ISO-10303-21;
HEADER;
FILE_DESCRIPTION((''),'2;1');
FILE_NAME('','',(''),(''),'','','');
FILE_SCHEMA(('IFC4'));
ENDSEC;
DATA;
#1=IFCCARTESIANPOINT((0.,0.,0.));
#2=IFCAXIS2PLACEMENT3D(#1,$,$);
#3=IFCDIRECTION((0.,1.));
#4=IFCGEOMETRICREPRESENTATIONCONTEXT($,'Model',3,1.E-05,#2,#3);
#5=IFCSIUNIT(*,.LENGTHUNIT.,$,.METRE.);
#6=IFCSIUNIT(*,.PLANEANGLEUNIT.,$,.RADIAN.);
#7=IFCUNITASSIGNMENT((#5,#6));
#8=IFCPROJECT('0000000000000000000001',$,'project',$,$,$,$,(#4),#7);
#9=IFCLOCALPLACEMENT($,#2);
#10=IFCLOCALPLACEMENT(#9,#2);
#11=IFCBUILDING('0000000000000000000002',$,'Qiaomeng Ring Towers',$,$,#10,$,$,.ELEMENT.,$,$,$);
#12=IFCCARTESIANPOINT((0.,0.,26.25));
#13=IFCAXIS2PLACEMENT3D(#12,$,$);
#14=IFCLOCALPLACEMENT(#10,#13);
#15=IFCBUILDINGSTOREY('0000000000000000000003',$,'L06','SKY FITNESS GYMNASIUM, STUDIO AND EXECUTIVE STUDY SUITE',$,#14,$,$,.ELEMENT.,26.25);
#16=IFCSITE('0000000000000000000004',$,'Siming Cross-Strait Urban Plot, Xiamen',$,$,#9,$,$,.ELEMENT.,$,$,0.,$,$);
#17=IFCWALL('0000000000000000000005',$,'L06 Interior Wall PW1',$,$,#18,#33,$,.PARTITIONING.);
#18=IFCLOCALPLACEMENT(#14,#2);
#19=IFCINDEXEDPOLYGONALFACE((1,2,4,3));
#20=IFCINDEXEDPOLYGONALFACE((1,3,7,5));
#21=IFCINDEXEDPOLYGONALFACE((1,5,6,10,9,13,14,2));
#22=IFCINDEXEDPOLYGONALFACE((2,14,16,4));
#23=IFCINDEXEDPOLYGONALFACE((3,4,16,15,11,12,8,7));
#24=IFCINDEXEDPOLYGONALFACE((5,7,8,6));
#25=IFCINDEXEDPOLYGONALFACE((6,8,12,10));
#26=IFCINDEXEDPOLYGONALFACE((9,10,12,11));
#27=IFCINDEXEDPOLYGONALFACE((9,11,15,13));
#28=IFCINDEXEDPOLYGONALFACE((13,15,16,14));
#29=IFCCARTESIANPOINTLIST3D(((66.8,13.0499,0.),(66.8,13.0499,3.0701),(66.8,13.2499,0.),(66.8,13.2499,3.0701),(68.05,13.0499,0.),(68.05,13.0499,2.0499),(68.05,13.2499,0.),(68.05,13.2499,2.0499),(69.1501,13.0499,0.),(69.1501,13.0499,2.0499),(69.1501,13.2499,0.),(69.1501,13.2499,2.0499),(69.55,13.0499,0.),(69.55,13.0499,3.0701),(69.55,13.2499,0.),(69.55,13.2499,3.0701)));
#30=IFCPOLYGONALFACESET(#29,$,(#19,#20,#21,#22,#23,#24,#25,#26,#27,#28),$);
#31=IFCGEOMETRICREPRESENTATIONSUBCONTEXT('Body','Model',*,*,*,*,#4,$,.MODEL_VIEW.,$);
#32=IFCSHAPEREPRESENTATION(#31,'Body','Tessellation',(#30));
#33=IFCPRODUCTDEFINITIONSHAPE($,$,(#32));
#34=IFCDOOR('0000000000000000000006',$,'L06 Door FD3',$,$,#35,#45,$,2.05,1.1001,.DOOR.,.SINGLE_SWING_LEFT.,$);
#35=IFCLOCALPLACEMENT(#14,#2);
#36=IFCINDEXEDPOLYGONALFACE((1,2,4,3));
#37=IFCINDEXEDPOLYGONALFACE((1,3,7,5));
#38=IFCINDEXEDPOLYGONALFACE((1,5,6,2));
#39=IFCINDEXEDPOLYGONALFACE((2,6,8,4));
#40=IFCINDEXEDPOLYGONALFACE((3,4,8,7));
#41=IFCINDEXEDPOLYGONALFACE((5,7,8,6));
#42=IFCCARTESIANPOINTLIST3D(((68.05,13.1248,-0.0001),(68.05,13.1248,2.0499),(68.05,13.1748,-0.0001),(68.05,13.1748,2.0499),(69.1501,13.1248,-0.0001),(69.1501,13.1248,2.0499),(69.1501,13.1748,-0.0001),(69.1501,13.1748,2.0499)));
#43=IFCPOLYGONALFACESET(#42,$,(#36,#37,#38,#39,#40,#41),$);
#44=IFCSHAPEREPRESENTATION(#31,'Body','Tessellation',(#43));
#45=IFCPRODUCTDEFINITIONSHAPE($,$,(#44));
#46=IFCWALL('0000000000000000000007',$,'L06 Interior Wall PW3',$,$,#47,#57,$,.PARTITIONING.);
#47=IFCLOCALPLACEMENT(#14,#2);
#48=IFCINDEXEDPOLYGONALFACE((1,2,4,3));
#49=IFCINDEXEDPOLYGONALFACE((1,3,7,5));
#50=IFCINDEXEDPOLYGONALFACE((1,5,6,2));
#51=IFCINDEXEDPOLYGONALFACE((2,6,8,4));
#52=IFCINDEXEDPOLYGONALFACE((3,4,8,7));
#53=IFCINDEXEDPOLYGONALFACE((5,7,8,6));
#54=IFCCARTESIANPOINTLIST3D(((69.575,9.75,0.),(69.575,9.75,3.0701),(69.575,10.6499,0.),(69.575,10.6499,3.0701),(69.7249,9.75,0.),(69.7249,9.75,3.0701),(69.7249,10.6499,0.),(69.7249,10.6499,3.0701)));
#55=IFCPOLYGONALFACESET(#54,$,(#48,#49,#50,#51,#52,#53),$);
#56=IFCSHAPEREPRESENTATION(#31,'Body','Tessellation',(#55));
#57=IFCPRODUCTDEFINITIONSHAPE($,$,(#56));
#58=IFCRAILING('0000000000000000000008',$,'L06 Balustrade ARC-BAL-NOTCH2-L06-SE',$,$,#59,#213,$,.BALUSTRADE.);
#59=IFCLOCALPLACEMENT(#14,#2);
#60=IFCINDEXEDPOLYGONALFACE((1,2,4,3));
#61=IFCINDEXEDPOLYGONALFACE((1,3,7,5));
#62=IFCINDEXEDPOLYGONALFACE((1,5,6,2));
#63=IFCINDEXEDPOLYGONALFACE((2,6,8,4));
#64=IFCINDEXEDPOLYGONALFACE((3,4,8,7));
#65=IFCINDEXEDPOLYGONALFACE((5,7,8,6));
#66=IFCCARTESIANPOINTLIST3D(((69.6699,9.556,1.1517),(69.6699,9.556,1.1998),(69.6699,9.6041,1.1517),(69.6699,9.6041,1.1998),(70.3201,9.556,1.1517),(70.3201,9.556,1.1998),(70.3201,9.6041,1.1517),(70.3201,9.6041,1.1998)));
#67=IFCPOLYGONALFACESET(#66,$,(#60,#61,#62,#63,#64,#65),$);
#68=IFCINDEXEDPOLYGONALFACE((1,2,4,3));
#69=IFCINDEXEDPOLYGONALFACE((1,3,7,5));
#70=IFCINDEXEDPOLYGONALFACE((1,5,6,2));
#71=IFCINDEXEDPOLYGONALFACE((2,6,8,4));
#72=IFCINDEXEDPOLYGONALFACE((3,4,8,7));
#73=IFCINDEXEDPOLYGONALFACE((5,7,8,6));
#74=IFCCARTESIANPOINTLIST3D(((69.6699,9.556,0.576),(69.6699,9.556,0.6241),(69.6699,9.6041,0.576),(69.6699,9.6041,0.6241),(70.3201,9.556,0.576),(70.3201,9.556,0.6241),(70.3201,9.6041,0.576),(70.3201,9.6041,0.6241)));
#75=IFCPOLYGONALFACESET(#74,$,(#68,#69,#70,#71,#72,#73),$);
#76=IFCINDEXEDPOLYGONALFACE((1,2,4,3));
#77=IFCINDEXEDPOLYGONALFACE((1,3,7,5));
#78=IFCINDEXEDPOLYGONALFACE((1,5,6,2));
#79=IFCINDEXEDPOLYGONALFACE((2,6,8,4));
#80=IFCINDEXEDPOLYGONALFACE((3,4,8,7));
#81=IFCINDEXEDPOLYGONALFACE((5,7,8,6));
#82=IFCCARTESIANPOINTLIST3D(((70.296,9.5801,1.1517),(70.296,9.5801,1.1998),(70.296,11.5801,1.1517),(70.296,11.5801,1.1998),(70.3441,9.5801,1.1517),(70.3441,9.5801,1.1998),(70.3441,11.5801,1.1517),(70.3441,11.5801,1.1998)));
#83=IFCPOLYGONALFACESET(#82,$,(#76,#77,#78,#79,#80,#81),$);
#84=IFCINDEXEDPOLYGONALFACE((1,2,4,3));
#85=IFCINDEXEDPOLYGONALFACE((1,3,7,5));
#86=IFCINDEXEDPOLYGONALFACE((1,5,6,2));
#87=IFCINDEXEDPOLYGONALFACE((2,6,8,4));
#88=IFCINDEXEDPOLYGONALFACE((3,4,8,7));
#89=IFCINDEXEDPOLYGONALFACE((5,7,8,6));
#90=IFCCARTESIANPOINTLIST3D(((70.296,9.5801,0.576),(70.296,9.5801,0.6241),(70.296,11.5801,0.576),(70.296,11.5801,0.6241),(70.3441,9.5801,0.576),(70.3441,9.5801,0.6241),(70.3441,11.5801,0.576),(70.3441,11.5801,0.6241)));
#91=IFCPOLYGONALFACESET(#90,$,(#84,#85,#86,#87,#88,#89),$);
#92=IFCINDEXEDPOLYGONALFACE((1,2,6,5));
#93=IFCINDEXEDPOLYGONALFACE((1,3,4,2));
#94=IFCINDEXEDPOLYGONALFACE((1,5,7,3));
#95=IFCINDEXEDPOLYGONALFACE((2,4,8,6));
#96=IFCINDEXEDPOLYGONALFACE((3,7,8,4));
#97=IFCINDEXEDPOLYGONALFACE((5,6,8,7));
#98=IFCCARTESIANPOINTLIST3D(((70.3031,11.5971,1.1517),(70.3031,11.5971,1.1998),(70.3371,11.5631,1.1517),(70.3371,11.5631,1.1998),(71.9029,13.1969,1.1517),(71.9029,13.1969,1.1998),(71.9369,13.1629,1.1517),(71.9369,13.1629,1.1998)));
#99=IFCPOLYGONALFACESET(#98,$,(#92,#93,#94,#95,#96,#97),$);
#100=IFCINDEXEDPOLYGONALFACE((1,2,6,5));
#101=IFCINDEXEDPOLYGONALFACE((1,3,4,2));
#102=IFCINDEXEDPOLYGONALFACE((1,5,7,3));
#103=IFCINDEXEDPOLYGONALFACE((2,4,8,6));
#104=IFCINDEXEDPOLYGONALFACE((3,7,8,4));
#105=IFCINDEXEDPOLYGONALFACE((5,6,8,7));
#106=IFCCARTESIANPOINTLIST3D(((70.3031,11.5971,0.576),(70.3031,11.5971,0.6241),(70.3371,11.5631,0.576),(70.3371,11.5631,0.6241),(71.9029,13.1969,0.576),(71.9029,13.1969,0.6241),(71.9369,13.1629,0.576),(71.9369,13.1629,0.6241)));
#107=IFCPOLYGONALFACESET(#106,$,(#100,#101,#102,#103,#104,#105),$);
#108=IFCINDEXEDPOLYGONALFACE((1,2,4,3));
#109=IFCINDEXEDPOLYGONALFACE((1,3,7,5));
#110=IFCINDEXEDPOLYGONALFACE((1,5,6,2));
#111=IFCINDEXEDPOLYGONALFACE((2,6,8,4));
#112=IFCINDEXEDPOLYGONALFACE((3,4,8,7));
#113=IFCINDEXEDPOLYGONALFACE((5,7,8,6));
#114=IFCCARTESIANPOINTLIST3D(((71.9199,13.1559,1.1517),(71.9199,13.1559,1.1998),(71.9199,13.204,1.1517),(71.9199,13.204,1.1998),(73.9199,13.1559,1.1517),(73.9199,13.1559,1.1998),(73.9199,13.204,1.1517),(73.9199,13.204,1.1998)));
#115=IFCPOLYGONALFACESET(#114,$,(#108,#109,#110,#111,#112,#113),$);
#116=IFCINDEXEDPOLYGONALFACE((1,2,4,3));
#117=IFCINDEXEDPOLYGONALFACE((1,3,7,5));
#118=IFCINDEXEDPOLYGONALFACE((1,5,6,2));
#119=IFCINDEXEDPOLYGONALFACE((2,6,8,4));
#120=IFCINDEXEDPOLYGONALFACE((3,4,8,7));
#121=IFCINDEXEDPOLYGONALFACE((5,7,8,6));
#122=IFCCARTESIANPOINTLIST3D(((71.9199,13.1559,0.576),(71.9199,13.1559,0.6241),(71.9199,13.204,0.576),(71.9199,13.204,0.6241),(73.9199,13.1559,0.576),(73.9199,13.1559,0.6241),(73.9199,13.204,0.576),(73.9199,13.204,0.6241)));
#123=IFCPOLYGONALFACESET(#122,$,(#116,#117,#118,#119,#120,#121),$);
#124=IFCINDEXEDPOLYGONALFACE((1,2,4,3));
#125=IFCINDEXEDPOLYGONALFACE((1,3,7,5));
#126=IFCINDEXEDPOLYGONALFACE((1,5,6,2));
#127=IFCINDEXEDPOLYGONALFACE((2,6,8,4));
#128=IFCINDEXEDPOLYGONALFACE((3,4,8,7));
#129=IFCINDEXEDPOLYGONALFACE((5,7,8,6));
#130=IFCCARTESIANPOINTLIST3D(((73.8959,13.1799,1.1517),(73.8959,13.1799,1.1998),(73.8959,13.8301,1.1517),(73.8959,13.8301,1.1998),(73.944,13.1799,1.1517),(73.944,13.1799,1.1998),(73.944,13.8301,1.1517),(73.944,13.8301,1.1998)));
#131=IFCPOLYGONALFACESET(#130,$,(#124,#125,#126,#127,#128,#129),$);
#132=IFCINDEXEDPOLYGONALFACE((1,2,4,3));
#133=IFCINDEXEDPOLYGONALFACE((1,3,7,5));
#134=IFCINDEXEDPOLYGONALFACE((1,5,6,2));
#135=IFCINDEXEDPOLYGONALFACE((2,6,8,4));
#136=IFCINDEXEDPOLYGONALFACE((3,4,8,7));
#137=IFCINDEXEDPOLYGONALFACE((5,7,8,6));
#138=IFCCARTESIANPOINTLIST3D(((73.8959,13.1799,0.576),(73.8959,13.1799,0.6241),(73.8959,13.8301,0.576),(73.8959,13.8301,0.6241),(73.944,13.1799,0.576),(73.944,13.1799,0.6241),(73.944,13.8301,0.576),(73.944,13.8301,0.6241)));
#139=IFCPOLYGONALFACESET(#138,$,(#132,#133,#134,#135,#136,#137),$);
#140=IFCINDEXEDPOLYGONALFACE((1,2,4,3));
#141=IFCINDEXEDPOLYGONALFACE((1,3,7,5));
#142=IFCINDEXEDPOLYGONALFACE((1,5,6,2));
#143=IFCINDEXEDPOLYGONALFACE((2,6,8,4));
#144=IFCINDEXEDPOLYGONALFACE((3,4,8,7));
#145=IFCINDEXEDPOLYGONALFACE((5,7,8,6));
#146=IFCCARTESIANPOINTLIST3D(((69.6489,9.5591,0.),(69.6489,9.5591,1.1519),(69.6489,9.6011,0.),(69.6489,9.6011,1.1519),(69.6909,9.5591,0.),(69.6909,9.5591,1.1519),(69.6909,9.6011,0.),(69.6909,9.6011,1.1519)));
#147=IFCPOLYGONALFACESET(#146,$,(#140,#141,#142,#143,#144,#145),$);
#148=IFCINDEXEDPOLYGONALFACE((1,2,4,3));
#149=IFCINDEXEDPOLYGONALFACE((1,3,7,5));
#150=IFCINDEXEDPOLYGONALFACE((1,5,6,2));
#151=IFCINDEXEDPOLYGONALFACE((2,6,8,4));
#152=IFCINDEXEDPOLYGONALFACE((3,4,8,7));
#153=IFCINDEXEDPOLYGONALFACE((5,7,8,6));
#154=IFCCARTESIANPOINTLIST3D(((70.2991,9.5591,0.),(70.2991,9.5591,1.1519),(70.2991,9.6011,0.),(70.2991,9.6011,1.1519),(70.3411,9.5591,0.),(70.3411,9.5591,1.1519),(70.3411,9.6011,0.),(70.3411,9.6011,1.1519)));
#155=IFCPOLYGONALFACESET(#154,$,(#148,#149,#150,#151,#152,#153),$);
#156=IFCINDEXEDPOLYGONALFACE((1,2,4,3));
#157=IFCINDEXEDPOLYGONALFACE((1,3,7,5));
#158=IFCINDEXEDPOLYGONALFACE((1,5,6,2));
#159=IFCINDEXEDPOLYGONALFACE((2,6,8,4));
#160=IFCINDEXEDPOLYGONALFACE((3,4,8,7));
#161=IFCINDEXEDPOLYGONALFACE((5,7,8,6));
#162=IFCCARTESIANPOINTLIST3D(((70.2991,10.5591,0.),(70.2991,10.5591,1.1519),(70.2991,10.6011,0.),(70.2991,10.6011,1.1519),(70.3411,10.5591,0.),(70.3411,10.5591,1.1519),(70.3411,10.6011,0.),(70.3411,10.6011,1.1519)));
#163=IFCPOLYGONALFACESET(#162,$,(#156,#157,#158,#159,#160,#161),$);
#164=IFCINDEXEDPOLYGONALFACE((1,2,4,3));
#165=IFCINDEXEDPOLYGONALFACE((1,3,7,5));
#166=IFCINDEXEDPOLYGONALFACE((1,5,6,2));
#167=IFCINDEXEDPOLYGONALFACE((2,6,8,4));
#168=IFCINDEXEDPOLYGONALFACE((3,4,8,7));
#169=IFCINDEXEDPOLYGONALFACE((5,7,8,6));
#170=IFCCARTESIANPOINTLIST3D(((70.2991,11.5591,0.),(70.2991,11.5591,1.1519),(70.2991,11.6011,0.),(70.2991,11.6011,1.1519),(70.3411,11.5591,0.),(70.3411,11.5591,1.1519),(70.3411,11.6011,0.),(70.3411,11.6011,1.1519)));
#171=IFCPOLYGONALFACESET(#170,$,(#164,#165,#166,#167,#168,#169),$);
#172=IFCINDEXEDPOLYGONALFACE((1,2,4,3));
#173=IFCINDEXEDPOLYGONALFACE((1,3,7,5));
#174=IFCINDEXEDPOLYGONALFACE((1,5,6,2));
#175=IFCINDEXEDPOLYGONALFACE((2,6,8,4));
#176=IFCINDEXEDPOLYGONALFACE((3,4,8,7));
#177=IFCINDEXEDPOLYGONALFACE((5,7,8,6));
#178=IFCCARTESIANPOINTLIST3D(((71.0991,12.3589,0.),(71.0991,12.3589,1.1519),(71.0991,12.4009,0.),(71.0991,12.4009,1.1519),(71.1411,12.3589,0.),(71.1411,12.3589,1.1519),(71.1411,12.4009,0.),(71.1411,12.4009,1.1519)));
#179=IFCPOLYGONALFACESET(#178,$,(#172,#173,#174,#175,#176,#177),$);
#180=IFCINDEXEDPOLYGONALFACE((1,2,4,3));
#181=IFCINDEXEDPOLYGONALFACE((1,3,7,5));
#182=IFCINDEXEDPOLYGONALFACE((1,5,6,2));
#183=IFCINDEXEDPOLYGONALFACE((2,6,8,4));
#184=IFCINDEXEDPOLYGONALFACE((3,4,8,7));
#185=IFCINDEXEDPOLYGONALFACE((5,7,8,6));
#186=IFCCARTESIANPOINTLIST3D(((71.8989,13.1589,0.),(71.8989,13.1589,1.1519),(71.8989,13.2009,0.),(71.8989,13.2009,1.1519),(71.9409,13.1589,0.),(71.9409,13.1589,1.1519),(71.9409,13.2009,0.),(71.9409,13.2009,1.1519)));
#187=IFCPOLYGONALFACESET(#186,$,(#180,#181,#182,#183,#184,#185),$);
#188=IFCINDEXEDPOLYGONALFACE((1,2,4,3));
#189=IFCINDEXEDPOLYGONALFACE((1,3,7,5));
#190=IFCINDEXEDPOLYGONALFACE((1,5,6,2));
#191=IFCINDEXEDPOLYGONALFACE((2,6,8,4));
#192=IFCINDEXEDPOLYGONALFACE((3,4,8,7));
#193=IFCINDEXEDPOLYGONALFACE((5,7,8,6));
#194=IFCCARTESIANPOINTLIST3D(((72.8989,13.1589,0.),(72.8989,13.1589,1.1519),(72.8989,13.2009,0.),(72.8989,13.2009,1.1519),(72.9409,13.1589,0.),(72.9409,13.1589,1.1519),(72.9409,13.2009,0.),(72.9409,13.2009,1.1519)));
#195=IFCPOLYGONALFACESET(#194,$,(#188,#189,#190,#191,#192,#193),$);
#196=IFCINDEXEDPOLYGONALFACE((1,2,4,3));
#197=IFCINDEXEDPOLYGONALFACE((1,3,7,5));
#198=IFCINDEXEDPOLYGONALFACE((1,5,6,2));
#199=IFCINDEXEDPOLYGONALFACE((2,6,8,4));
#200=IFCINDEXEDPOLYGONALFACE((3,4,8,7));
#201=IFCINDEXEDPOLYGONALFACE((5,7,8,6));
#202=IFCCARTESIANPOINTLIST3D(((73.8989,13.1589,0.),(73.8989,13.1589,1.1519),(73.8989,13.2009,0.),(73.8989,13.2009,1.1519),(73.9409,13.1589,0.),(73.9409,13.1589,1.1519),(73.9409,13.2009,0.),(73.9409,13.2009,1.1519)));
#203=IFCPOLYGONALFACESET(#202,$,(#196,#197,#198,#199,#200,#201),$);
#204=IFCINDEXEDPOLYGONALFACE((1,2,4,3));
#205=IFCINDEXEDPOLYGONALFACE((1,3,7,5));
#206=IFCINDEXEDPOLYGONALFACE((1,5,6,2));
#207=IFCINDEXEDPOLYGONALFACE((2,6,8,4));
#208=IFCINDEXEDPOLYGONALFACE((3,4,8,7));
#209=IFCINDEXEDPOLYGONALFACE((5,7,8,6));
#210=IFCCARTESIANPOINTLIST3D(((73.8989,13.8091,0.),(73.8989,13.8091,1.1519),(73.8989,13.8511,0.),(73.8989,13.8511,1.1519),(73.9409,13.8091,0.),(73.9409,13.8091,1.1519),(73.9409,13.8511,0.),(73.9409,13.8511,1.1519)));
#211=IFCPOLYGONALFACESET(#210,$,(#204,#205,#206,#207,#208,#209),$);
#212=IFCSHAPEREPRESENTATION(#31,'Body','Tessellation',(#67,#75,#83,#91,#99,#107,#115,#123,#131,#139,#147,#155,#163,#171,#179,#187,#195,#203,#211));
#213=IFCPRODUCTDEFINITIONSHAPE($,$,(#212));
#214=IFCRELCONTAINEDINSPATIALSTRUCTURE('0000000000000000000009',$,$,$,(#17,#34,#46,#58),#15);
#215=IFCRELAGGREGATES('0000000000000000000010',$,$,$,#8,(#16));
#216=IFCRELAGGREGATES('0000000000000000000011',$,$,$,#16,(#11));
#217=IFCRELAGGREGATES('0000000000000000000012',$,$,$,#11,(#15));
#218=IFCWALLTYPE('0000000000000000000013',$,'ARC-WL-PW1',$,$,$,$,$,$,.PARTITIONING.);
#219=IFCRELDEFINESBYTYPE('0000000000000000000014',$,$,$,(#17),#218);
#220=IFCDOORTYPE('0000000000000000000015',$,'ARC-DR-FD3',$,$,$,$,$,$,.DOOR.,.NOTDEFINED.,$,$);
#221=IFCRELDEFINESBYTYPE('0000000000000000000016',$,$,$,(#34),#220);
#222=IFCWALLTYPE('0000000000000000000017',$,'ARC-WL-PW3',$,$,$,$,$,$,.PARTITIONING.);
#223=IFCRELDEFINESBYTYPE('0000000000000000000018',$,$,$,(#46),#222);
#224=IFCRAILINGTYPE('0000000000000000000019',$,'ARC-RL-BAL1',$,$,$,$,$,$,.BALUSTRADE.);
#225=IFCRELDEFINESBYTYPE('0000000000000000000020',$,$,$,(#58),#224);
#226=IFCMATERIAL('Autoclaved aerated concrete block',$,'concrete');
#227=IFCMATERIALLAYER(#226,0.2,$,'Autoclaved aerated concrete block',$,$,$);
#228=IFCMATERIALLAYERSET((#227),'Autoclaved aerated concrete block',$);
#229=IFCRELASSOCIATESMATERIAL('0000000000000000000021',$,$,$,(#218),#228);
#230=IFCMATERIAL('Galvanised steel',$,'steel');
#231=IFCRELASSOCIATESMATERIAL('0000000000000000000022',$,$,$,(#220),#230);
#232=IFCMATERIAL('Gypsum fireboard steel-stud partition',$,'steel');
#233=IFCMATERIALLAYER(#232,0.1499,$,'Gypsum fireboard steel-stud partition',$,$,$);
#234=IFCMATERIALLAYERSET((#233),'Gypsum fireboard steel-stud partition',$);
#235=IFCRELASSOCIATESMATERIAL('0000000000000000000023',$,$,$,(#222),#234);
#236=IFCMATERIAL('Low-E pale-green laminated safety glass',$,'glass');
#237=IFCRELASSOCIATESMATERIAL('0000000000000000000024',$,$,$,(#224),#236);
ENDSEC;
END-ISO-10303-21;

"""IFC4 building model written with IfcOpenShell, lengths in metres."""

from ifc_helpers import new_model, si_unit, direction, frame, frame_2d, origin, origin_2d, place, context, subcontext, project, spatial, rectangle, extrude, source, transform, mapped, material, layer, layer_set, type_object, element, fill, save


model = new_model("IFC4")

# Units and contexts
model_context = context("Model", 3, precision=1e-05, world=origin(), true_north=direction((0.0, 1.0)))
body_context = subcontext(model_context, "Body", "Model", "MODEL_VIEW")
ifc_project = project(units=[si_unit("LENGTHUNIT", "METRE"), si_unit("PLANEANGLEUNIT", "RADIAN")], contexts=[model_context])

# Site, building, storey
site_placement = place(None, origin())
site = spatial("IfcSite", under=ifc_project, at=site_placement, Name="Siming Cross-Strait Urban Plot, Xiamen", CompositionType="ELEMENT", RefElevation=0.0)
building_placement = place(site_placement, origin())
building = spatial("IfcBuilding", under=site, at=building_placement, Name="Qiaomeng Ring Towers", CompositionType="ELEMENT")
storey_placement = place(building_placement, frame((0.0, 0.0, 26.25)))
storey = spatial("IfcBuildingStorey", under=building, at=storey_placement, Name="L06", Description="SKY FITNESS GYMNASIUM, STUDIO AND EXECUTIVE STUDY SUITE", CompositionType="ELEMENT", Elevation=26.25)

# Shared definitions
ifc_material_1 = material(Name="Autoclaved aerated concrete block", Category="concrete")
ifc_layer_1 = layer(ifc_material_1, 0.2, Name="Autoclaved aerated concrete block")
ifc_layer_set_1 = layer_set([ifc_layer_1], Name="Autoclaved aerated concrete block")
wall_type_1 = type_object("IfcWallType", Name="ARC-WL-PW1", PredefinedType="PARTITIONING", material=ifc_layer_set_1)

# Wall, opening, door
wall_1_placement = place(storey_placement, frame((66.8, 13.1499, 0.0), z_axis=(0.0, 0.0, 1.0), x_axis=(1.0, 0.0, 0.0)))
wall_1 = element("IfcWall", 1, at=wall_1_placement, inside=storey, type_object=wall_type_1, Name="L06 Interior Wall PW1", PredefinedType="PARTITIONING", context=body_context, shape_type="SweptSolid", body=[
    extrude(rectangle(XDim=2.75, YDim=0.2, at=frame_2d((1.375, 0.0))), origin(), (0.0, 0.0, 1.0), 3.0701),
])
opening_1_placement = place(wall_1_placement, frame((1.25, 0.0, 0.0)))
opening_1 = element("IfcOpeningElement", 2, at=opening_1_placement, cuts=wall_1, PredefinedType="OPENING", context=body_context, shape_type="SweptSolid", body=[
    extrude(rectangle(XDim=1.1001, YDim=2.05, at=frame_2d((0.55, 1.0249))), frame((0.0, 0.1099, 0.0), z_axis=(0.0, -1.0, 0.0), x_axis=(1.0, 0.0, 0.0)), (0.0, 0.0, 1.0), 0.22),
])
ifc_material_2 = material(Name="Galvanised steel", Category="steel")
door_type_1 = type_object("IfcDoorType", Name="ARC-DR-FD3", OperationType="NOTDEFINED", PredefinedType="DOOR", material=ifc_material_2)
shared_shape_1 = source(origin(), body_context, "Body", "SweptSolid", [
    extrude(rectangle(XDim=1.1001, YDim=2.05, at=frame_2d((0.55, 1.0249))), frame((0.0, 0.0249, 0.0), z_axis=(0.0, -1.0, 0.0), x_axis=(1.0, 0.0, 0.0)), (0.0, 0.0, 1.0), 0.05),
])
door_1_placement = place(opening_1_placement, origin())
door_1 = element("IfcDoor", 3, at=door_1_placement, inside=storey, type_object=door_type_1, Name="L06 Door FD3", OperationType="SINGLE_SWING_LEFT", OverallHeight=2.05, OverallWidth=1.1001, PredefinedType="DOOR", context=body_context, shape_type="MappedRepresentation", body=[
    mapped(shared_shape_1, transform((0.0, 0.0, 0.0), x_axis=(1.0, 0.0, 0.0), y_axis=(0.0, 1.0, 0.0), z_axis=(0.0, 0.0, 1.0), scale=1.0)),
])
fill(opening_1, door_1)

# Wall
ifc_material_3 = material(Name="Gypsum fireboard steel-stud partition", Category="steel")
ifc_layer_2 = layer(ifc_material_3, 0.1499, Name="Gypsum fireboard steel-stud partition")
ifc_layer_set_2 = layer_set([ifc_layer_2], Name="Gypsum fireboard steel-stud partition")
wall_type_2 = type_object("IfcWallType", Name="ARC-WL-PW3", PredefinedType="PARTITIONING", material=ifc_layer_set_2)
wall_2_placement = place(storey_placement, frame((69.6499, 9.75, 0.0), z_axis=(0.0, 0.0, 1.0), x_axis=(0.0, 1.0, 0.0)))
element("IfcWall", 4, at=wall_2_placement, inside=storey, type_object=wall_type_2, Name="L06 Interior Wall PW3", PredefinedType="PARTITIONING", context=body_context, shape_type="SweptSolid", body=[
    extrude(rectangle(XDim=0.8999, YDim=0.1499, at=frame_2d((0.45, 0.0))), origin(), (0.0, 0.0, 1.0), 3.0701),
])

# Railing
ifc_material_4 = material(Name="Low-E pale-green laminated safety glass", Category="glass")
railing_type = type_object("IfcRailingType", Name="ARC-RL-BAL1", PredefinedType="BALUSTRADE", material=ifc_material_4)
railing_placement = place(storey_placement, frame((69.6699, 9.5801, 0.0)))
element("IfcRailing", 5, at=railing_placement, inside=storey, type_object=railing_type, Name="L06 Balustrade ARC-BAL-NOTCH2-L06-SE", PredefinedType="BALUSTRADE", context=body_context, shape_type="SweptSolid", body=[
    extrude(rectangle(XDim=0.0481, YDim=0.0481, at=origin_2d()), frame((0.0, 0.0, 1.1758), z_axis=(1.0, 0.0, 0.0), x_axis=(0.0, 1.0, 0.0)), (0.0, 0.0, 1.0), 0.6501),
    extrude(rectangle(XDim=0.0481, YDim=0.0481, at=origin_2d()), frame((0.0, 0.0, 0.6001), z_axis=(1.0, 0.0, 0.0), x_axis=(0.0, 1.0, 0.0)), (0.0, 0.0, 1.0), 0.6501),
    extrude(rectangle(XDim=0.0481, YDim=0.0481, at=origin_2d()), frame((0.6501, 0.0, 1.1758), z_axis=(0.0, 1.0, 0.0), x_axis=(-1.0, 0.0, 0.0)), (0.0, 0.0, 1.0), 2.0),
    extrude(rectangle(XDim=0.0481, YDim=0.0481, at=origin_2d()), frame((0.6501, 0.0, 0.6001), z_axis=(0.0, 1.0, 0.0), x_axis=(-1.0, 0.0, 0.0)), (0.0, 0.0, 1.0), 2.0),
    extrude(rectangle(XDim=0.0481, YDim=0.0481, at=origin_2d()), frame((0.6501, 2.0, 1.1758), z_axis=(0.707107, 0.707107, 0.0), x_axis=(-0.707107, 0.707107, 0.0)), (0.0, 0.0, 1.0), 2.2625),
    extrude(rectangle(XDim=0.0481, YDim=0.0481, at=origin_2d()), frame((0.6501, 2.0, 0.6001), z_axis=(0.707107, 0.707107, 0.0), x_axis=(-0.707107, 0.707107, 0.0)), (0.0, 0.0, 1.0), 2.2625),
    extrude(rectangle(XDim=0.0481, YDim=0.0481, at=origin_2d()), frame((2.25, 3.5999, 1.1758), z_axis=(1.0, 0.0, 0.0), x_axis=(0.0, 1.0, 0.0)), (0.0, 0.0, 1.0), 2.0),
    extrude(rectangle(XDim=0.0481, YDim=0.0481, at=origin_2d()), frame((2.25, 3.5999, 0.6001), z_axis=(1.0, 0.0, 0.0), x_axis=(0.0, 1.0, 0.0)), (0.0, 0.0, 1.0), 2.0),
    extrude(rectangle(XDim=0.0481, YDim=0.0481, at=origin_2d()), frame((4.25, 3.5999, 1.1758), z_axis=(0.0, 1.0, 0.0), x_axis=(-1.0, 0.0, 0.0)), (0.0, 0.0, 1.0), 0.6501),
    extrude(rectangle(XDim=0.0481, YDim=0.0481, at=origin_2d()), frame((4.25, 3.5999, 0.6001), z_axis=(0.0, 1.0, 0.0), x_axis=(-1.0, 0.0, 0.0)), (0.0, 0.0, 1.0), 0.6501),
    extrude(rectangle(XDim=0.042, YDim=0.042, at=origin_2d()), origin(), (0.0, 0.0, 1.0), 1.1519),
    extrude(rectangle(XDim=0.042, YDim=0.042, at=origin_2d()), frame((0.6501, 0.0, 0.0)), (0.0, 0.0, 1.0), 1.1519),
    extrude(rectangle(XDim=0.042, YDim=0.042, at=origin_2d()), frame((0.6501, 1.0, 0.0)), (0.0, 0.0, 1.0), 1.1519),
    extrude(rectangle(XDim=0.042, YDim=0.042, at=origin_2d()), frame((0.6501, 2.0, 0.0)), (0.0, 0.0, 1.0), 1.1519),
    extrude(rectangle(XDim=0.042, YDim=0.042, at=origin_2d()), frame((1.4502, 2.7998, 0.0)), (0.0, 0.0, 1.0), 1.1519),
    extrude(rectangle(XDim=0.042, YDim=0.042, at=origin_2d()), frame((2.25, 3.5999, 0.0)), (0.0, 0.0, 1.0), 1.1519),
    extrude(rectangle(XDim=0.042, YDim=0.042, at=origin_2d()), frame((3.25, 3.5999, 0.0)), (0.0, 0.0, 1.0), 1.1519),
    extrude(rectangle(XDim=0.042, YDim=0.042, at=origin_2d()), frame((4.25, 3.5999, 0.0)), (0.0, 0.0, 1.0), 1.1519),
    extrude(rectangle(XDim=0.042, YDim=0.042, at=origin_2d()), frame((4.25, 4.25, 0.0)), (0.0, 0.0, 1.0), 1.1519),
])

save(model, "model.ifc")
